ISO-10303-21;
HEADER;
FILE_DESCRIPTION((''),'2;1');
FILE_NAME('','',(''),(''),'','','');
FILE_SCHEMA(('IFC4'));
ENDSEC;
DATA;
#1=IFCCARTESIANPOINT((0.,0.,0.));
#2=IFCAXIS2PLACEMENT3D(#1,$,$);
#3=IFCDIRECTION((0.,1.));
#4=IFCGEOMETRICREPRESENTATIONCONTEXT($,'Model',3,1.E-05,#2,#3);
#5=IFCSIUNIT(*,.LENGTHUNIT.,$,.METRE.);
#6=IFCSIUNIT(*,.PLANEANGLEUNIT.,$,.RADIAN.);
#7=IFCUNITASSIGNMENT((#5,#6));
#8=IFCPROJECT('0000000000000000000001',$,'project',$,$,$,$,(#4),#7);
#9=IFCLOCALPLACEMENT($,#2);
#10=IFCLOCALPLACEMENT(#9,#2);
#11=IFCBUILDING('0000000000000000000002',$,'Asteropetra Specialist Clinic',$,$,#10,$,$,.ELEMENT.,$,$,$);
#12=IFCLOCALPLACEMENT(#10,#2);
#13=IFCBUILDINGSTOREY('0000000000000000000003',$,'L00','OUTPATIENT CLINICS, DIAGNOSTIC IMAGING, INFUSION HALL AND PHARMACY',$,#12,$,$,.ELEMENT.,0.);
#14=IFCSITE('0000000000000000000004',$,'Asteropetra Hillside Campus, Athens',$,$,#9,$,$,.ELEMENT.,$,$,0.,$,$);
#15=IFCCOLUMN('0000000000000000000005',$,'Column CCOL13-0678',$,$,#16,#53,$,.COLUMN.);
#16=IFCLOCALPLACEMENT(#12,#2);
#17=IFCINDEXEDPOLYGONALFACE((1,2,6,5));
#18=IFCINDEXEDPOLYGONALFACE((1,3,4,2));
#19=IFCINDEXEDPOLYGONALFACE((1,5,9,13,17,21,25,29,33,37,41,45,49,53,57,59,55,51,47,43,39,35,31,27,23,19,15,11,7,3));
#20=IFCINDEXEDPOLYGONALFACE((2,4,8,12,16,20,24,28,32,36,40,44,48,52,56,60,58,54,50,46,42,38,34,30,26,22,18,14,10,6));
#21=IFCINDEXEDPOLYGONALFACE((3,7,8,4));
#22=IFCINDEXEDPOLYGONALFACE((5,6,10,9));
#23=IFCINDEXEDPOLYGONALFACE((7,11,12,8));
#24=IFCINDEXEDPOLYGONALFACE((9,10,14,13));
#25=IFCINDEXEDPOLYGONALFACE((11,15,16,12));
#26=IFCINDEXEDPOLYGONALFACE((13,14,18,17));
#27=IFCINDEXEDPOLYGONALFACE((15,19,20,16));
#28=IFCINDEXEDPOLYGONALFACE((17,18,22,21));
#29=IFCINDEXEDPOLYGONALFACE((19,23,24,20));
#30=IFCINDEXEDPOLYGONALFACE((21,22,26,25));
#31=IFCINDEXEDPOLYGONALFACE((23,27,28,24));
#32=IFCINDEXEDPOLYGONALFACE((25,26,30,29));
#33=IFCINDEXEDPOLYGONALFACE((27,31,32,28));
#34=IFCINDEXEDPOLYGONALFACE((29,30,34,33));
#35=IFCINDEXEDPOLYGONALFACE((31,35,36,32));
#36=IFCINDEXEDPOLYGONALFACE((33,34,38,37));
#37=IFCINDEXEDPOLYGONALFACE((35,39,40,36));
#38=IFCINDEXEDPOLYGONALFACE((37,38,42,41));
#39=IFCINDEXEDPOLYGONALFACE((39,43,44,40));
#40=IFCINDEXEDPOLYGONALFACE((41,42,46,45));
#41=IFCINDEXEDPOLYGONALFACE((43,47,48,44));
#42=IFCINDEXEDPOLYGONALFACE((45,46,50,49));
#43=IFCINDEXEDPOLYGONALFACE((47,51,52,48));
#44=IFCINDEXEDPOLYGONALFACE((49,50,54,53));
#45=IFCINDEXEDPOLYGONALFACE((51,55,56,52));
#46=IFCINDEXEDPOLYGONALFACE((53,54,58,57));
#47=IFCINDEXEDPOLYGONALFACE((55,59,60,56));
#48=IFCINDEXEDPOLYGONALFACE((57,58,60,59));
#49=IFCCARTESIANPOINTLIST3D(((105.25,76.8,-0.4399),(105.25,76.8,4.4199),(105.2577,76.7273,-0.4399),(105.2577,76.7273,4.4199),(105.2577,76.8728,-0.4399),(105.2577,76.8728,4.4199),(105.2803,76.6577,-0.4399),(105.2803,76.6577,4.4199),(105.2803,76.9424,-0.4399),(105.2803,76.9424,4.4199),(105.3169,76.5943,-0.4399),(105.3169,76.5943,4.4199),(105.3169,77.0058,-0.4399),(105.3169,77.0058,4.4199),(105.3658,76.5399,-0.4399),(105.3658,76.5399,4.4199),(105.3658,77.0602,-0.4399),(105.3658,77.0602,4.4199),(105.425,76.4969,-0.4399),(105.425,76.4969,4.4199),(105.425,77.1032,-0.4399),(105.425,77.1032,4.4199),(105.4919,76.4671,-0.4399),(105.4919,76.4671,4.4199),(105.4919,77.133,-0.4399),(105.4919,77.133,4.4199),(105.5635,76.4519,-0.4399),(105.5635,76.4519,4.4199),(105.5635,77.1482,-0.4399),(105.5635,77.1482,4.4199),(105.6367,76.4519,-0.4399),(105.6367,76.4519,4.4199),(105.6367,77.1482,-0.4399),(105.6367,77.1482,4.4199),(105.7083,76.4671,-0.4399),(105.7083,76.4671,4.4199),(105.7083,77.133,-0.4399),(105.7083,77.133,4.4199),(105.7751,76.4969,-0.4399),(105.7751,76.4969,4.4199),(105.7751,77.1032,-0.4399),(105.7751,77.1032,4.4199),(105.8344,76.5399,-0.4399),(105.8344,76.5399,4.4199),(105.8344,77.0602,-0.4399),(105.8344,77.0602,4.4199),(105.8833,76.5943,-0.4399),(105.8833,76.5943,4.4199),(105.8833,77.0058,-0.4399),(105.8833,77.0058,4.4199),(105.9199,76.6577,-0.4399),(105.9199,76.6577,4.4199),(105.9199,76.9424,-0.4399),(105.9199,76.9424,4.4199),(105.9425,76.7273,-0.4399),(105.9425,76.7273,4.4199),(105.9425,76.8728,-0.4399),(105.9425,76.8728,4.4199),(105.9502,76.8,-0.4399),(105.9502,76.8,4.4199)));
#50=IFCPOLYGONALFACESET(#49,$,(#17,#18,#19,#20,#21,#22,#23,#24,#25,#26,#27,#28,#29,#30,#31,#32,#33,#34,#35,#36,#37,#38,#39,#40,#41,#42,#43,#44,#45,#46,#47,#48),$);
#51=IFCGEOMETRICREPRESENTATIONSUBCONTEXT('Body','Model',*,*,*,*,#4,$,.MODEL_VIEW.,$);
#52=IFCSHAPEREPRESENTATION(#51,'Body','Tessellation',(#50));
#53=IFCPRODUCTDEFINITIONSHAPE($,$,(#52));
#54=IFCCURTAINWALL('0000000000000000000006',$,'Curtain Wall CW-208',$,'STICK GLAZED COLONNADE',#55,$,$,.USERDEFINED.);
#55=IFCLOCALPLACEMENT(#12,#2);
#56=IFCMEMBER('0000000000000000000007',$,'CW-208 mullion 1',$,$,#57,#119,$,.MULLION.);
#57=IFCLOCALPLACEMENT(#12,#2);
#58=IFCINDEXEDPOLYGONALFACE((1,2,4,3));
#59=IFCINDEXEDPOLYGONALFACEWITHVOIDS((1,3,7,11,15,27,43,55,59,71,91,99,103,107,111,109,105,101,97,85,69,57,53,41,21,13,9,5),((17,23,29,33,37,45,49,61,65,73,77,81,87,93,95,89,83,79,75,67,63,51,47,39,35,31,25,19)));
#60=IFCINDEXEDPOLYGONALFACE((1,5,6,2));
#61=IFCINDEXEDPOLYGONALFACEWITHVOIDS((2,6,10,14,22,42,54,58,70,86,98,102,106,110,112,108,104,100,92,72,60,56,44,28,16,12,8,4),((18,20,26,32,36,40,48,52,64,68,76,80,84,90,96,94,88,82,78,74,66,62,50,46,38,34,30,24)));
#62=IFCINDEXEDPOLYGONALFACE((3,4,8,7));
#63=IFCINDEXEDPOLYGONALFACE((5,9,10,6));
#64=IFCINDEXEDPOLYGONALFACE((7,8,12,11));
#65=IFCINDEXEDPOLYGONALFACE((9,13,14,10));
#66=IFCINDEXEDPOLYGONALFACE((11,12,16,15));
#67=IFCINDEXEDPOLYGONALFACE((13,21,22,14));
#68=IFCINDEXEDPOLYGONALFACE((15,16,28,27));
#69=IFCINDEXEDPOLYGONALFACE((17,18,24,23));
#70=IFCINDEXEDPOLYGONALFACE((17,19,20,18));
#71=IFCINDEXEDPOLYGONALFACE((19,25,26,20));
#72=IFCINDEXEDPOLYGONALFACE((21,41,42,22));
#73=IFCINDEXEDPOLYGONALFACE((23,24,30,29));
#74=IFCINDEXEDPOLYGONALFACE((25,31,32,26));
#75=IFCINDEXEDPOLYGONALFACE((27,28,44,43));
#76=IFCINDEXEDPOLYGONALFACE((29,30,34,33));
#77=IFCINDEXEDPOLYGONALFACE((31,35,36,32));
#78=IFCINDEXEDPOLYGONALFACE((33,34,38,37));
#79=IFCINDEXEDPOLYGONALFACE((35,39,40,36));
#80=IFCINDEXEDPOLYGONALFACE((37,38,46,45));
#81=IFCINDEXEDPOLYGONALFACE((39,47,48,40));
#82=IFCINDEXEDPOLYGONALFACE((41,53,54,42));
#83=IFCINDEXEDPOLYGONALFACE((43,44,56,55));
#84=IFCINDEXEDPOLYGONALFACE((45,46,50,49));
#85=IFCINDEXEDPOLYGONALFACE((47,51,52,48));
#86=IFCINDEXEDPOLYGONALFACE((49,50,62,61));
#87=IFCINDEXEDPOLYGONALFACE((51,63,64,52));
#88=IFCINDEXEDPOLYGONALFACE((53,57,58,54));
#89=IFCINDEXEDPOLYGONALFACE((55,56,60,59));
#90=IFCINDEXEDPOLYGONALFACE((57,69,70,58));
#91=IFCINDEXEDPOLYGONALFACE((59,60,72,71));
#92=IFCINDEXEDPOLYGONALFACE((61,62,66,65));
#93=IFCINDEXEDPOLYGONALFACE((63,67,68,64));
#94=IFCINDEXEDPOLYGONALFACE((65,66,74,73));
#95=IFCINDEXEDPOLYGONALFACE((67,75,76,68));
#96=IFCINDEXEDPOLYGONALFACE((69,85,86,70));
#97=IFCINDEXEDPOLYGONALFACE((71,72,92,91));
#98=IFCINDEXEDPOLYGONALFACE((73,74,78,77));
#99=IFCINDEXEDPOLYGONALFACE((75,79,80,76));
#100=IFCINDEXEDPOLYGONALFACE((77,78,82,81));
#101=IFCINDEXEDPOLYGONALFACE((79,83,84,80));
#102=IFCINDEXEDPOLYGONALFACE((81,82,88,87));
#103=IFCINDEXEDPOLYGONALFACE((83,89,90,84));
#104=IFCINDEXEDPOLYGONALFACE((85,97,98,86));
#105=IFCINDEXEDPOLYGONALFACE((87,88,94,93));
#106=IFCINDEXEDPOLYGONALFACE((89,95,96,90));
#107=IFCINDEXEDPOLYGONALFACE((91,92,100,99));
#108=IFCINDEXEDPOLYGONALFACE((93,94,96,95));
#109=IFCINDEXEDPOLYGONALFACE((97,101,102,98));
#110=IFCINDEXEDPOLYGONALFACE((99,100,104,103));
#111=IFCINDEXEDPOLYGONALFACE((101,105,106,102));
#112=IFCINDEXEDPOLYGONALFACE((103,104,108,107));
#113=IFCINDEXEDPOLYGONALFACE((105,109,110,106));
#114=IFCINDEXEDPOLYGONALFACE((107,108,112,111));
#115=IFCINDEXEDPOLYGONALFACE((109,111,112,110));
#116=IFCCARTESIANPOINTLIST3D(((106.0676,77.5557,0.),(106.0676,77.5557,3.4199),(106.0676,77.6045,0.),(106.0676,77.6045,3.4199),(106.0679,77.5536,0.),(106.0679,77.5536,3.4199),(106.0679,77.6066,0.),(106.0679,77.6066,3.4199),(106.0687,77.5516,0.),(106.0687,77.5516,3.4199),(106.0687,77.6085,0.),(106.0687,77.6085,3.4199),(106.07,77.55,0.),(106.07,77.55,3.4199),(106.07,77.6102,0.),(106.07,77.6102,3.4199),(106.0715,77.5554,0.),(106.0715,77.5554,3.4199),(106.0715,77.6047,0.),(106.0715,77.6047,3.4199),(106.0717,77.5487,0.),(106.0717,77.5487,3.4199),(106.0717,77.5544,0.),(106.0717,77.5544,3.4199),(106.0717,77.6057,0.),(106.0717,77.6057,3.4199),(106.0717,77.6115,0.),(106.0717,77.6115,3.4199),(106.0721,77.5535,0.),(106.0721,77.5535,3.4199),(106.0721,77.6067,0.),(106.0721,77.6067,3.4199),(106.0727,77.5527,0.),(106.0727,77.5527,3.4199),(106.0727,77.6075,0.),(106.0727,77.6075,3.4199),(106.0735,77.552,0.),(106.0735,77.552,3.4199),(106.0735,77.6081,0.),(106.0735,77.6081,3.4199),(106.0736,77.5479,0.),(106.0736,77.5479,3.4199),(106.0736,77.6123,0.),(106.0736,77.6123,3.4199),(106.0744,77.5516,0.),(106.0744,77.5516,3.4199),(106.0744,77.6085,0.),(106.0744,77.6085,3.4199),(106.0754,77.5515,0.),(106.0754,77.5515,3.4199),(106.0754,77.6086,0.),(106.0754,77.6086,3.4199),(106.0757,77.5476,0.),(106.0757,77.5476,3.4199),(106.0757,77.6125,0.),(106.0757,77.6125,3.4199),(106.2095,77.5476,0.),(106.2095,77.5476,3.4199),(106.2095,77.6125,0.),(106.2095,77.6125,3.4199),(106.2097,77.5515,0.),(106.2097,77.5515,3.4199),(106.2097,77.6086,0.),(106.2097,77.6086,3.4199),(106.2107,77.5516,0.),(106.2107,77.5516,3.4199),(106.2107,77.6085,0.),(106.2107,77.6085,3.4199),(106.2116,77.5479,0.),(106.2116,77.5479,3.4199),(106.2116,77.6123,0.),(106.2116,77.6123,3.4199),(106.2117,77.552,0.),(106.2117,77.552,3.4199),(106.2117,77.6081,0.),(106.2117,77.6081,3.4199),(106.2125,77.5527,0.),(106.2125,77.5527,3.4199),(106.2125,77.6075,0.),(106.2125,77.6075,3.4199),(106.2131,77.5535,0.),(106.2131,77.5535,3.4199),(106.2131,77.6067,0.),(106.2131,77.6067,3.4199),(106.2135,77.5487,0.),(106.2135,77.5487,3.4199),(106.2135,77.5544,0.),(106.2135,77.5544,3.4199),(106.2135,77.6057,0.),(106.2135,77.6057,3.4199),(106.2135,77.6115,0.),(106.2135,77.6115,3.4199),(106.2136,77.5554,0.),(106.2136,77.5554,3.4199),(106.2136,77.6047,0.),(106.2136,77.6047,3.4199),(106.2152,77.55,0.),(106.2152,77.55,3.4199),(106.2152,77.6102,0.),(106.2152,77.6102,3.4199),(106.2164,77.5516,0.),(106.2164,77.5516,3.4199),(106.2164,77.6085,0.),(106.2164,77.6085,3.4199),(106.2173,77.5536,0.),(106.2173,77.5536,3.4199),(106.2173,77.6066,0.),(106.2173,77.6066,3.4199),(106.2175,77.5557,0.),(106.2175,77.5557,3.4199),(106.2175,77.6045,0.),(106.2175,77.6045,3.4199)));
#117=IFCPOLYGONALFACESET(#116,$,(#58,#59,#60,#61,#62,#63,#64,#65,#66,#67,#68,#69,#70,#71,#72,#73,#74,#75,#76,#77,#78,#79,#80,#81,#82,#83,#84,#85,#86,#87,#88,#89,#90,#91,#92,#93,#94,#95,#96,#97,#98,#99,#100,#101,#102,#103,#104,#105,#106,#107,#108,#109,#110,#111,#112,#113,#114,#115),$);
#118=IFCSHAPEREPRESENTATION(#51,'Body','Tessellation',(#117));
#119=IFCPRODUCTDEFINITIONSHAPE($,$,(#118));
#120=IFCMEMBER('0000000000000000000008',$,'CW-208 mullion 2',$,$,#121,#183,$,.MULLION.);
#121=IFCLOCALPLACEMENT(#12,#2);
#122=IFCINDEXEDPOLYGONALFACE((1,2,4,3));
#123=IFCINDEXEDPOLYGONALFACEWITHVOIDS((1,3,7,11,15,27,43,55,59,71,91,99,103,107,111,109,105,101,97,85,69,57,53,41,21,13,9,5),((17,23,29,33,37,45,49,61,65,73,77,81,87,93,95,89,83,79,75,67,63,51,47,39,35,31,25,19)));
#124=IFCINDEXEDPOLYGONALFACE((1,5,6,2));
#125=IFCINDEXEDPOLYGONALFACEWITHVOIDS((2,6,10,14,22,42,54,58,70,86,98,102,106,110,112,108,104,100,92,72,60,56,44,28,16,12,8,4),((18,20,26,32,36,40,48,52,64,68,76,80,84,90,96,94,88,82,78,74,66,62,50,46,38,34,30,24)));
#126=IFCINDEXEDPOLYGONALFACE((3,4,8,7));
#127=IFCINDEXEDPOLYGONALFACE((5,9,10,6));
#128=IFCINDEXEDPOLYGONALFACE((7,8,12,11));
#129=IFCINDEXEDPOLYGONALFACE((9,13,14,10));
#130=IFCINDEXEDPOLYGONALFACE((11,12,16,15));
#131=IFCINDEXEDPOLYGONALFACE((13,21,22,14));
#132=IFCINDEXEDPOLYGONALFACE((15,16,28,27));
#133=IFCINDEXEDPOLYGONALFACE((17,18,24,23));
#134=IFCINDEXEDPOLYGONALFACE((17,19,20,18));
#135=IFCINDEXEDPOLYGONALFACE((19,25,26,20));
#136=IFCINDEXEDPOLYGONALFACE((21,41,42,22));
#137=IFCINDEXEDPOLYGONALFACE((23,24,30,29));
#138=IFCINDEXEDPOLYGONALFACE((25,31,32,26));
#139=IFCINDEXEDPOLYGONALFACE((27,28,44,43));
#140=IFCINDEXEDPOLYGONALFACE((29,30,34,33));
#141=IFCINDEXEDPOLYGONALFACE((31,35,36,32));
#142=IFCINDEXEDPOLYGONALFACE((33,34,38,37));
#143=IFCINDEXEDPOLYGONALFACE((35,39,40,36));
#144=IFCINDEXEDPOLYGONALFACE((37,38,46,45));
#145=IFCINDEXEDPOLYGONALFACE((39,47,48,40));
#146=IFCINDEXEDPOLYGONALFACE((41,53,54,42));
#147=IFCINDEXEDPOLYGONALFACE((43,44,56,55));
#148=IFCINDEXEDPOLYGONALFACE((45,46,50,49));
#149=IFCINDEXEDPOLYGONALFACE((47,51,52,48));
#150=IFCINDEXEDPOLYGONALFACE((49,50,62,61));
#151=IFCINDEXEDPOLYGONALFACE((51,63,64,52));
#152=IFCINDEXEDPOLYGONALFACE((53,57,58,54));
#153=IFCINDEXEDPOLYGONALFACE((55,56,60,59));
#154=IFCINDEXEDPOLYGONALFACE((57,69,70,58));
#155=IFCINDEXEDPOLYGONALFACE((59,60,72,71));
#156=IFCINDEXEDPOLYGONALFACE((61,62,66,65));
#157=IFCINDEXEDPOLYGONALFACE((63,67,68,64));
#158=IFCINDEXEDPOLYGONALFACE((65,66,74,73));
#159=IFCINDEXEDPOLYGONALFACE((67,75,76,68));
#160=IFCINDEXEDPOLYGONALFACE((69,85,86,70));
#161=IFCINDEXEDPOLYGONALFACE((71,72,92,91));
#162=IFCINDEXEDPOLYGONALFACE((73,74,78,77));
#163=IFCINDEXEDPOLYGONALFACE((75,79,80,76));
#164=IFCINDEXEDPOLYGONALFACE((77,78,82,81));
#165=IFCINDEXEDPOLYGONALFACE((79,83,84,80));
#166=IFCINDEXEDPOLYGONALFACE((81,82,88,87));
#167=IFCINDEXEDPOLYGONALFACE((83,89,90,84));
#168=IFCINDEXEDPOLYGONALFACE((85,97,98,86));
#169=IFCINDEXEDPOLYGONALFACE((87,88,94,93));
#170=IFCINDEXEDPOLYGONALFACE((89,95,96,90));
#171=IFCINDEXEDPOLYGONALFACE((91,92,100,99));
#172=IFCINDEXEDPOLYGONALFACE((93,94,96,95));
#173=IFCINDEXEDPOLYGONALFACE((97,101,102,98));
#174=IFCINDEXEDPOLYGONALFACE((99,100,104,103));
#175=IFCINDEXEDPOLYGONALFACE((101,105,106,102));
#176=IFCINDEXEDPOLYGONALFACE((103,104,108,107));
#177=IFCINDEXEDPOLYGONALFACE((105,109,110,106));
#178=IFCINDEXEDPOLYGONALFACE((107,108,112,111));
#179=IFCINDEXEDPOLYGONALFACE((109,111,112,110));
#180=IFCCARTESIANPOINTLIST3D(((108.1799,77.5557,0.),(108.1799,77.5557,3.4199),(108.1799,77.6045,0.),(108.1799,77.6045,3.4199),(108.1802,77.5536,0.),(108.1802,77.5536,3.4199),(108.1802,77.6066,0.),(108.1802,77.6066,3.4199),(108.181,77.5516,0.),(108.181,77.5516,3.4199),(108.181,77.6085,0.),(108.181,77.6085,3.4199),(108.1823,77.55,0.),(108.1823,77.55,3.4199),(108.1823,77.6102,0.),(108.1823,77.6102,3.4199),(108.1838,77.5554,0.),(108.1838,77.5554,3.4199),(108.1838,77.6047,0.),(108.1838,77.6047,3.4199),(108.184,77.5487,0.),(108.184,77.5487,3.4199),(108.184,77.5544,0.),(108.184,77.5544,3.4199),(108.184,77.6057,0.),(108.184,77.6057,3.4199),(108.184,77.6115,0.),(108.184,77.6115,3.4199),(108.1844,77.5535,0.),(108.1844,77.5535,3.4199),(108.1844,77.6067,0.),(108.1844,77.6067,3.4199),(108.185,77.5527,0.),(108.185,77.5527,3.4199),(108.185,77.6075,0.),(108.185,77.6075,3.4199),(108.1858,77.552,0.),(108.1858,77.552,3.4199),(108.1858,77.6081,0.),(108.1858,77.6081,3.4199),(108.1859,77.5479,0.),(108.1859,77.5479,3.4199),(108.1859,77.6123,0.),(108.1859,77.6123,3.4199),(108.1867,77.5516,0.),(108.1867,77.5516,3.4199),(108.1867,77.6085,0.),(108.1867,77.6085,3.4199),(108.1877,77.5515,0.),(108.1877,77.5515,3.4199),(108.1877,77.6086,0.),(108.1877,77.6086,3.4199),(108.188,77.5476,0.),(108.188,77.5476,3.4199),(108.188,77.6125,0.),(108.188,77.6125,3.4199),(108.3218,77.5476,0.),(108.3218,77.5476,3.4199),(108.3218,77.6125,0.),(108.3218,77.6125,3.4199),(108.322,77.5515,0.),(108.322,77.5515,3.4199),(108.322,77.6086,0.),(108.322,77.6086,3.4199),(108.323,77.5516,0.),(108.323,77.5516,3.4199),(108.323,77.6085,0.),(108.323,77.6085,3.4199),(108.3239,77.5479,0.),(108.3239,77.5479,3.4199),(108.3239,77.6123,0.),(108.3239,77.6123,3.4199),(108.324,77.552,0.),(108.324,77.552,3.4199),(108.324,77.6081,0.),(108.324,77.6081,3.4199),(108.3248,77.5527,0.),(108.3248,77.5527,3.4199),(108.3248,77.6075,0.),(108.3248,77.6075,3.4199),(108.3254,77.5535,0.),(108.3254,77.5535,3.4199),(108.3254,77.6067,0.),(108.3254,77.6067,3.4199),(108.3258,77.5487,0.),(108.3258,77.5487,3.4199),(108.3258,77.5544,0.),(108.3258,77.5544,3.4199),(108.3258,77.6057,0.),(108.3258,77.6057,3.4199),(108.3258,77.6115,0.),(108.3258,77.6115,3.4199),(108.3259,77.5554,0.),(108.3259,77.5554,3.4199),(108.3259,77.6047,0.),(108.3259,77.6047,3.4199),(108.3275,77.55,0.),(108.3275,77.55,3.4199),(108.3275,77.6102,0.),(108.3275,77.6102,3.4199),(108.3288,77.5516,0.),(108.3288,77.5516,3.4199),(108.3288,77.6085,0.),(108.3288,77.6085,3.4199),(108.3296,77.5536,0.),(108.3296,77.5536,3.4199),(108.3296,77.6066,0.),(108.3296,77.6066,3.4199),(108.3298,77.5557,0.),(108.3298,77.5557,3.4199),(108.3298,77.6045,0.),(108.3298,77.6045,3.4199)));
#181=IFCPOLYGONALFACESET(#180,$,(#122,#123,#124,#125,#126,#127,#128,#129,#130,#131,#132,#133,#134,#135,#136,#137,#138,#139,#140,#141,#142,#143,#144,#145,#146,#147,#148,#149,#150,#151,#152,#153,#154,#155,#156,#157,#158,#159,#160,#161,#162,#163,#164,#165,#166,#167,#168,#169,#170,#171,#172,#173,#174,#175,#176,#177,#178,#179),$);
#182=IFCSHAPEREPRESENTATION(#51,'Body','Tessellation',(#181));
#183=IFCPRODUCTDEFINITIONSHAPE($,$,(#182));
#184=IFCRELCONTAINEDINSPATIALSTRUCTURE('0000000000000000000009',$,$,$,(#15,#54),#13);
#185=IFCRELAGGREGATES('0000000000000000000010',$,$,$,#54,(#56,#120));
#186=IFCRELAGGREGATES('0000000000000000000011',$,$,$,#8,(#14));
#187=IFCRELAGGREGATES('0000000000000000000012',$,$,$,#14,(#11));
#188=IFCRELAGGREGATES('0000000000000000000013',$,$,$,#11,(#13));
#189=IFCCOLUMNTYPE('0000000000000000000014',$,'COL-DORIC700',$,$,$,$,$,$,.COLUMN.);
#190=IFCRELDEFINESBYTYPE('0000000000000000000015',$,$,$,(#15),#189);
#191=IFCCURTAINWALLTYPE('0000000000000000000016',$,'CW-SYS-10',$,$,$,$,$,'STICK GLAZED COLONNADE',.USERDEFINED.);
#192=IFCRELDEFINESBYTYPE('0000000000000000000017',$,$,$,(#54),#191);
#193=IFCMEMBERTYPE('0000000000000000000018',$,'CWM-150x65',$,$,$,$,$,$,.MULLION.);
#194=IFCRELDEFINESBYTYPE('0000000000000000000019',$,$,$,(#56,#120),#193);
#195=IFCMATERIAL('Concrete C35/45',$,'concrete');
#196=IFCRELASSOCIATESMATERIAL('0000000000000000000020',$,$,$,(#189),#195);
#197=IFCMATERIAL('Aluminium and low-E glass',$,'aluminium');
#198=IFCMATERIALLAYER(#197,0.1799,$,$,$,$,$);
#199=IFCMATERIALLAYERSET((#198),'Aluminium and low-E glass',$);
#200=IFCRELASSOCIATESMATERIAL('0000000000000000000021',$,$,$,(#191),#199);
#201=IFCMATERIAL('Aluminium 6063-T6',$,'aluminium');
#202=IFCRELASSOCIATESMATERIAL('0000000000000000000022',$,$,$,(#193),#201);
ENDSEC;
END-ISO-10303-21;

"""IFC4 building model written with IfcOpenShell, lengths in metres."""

from ifc_helpers import new_model, si_unit, direction, frame, origin, origin_2d, place, context, subcontext, project, spatial, hollow_rectangle, circle, extrude, material, layer, layer_set, material_profile, profile_set, type_object, element, aggregate, save


model = new_model("IFC4")

# Units and contexts
model_context = context("Model", 3, precision=1e-05, world=origin(), true_north=direction((0.0, 1.0)))
body_context = subcontext(model_context, "Body", "Model", "MODEL_VIEW")
ifc_project = project(units=[si_unit("LENGTHUNIT", "METRE"), si_unit("PLANEANGLEUNIT", "RADIAN")], contexts=[model_context])

# Site, building, storey
site_placement = place(None, origin())
site = spatial("IfcSite", under=ifc_project, at=site_placement, Name="Asteropetra Hillside Campus, Athens", CompositionType="ELEMENT", RefElevation=0.0)
building_placement = place(site_placement, origin())
building = spatial("IfcBuilding", under=site, at=building_placement, Name="Asteropetra Specialist Clinic", CompositionType="ELEMENT")
storey_placement = place(building_placement, origin())
storey = spatial("IfcBuildingStorey", under=building, at=storey_placement, Name="L00", Description="OUTPATIENT CLINICS, DIAGNOSTIC IMAGING, INFUSION HALL AND PHARMACY", CompositionType="ELEMENT", Elevation=0.0)

# Column
ifc_material_1 = material(Name="Concrete C35/45", Category="concrete")
ifc_material_profile_1 = material_profile(ifc_material_1, circle(Radius=0.3501, at=origin_2d()), Name="RCC D700")
ifc_profile_set_1 = profile_set([ifc_material_profile_1], Name="Concrete C35/45")
column_type = type_object("IfcColumnType", Name="COL-DORIC700", PredefinedType="COLUMN", material=ifc_profile_set_1)
column_placement = place(storey_placement, frame((105.6001, 76.8, -0.4399), z_axis=(0.0, 0.0, 1.0), x_axis=(1.0, 0.0, 0.0)))
element("IfcColumn", 1, at=column_placement, inside=storey, type_object=column_type, Name="Column CCOL13-0678", PredefinedType="COLUMN", context=body_context, shape_type="SweptSolid", body=[
    extrude(circle(Radius=0.3501, at=origin_2d()), origin(), (0.0, 0.0, 1.0), 4.8599),
])

# Curtain wall, members
ifc_material_2 = material(Name="Aluminium and low-E glass", Category="aluminium")
ifc_layer_1 = layer(ifc_material_2, 0.1799)
ifc_layer_set_1 = layer_set([ifc_layer_1], Name="Aluminium and low-E glass")
curtain_wall_type = type_object("IfcCurtainWallType", Name="CW-SYS-10", ElementType="STICK GLAZED COLONNADE", PredefinedType="USERDEFINED", material=ifc_layer_set_1)
curtain_wall_placement = place(storey_placement, origin())
curtain_wall = element("IfcCurtainWall", 2, at=curtain_wall_placement, inside=storey, type_object=curtain_wall_type, Name="Curtain Wall CW-208", ObjectType="STICK GLAZED COLONNADE", PredefinedType="USERDEFINED")
ifc_material_3 = material(Name="Aluminium 6063-T6", Category="aluminium")
ifc_material_profile_2 = material_profile(ifc_material_3, hollow_rectangle(XDim=0.0649, YDim=0.1499, WallThickness=0.0039, InnerFilletRadius=0.0039, OuterFilletRadius=0.0081, at=origin_2d()), Name="MUL 150x65x4.0")
ifc_profile_set_2 = profile_set([ifc_material_profile_2], Name="Aluminium 6063-T6")
member_type_1 = type_object("IfcMemberType", Name="CWM-150x65", PredefinedType="MULLION", material=ifc_profile_set_2)
member_1_placement = place(storey_placement, frame((106.1426, 77.5801, 0.0), z_axis=(0.0, 0.0, 1.0), x_axis=(0.0, 1.0, 0.0)))
member_1 = element("IfcMember", 3, at=member_1_placement, type_object=member_type_1, Name="CW-208 mullion 1", PredefinedType="MULLION", context=body_context, shape_type="SweptSolid", body=[
    extrude(hollow_rectangle(XDim=0.0649, YDim=0.1499, WallThickness=0.0039, InnerFilletRadius=0.0039, OuterFilletRadius=0.0081, at=origin_2d()), origin(), (0.0, 0.0, 1.0), 3.4199),
])
member_2_placement = place(storey_placement, frame((108.2549, 77.5801, 0.0), z_axis=(0.0, 0.0, 1.0), x_axis=(0.0, 1.0, 0.0)))
member_2 = element("IfcMember", 4, at=member_2_placement, type_object=member_type_1, Name="CW-208 mullion 2", PredefinedType="MULLION", context=body_context, shape_type="SweptSolid", body=[
    extrude(hollow_rectangle(XDim=0.0649, YDim=0.1499, WallThickness=0.0039, InnerFilletRadius=0.0039, OuterFilletRadius=0.0081, at=origin_2d()), origin(), (0.0, 0.0, 1.0), 3.4199),
])
aggregate(curtain_wall, [member_1, member_2])

save(model, "model.ifc")
